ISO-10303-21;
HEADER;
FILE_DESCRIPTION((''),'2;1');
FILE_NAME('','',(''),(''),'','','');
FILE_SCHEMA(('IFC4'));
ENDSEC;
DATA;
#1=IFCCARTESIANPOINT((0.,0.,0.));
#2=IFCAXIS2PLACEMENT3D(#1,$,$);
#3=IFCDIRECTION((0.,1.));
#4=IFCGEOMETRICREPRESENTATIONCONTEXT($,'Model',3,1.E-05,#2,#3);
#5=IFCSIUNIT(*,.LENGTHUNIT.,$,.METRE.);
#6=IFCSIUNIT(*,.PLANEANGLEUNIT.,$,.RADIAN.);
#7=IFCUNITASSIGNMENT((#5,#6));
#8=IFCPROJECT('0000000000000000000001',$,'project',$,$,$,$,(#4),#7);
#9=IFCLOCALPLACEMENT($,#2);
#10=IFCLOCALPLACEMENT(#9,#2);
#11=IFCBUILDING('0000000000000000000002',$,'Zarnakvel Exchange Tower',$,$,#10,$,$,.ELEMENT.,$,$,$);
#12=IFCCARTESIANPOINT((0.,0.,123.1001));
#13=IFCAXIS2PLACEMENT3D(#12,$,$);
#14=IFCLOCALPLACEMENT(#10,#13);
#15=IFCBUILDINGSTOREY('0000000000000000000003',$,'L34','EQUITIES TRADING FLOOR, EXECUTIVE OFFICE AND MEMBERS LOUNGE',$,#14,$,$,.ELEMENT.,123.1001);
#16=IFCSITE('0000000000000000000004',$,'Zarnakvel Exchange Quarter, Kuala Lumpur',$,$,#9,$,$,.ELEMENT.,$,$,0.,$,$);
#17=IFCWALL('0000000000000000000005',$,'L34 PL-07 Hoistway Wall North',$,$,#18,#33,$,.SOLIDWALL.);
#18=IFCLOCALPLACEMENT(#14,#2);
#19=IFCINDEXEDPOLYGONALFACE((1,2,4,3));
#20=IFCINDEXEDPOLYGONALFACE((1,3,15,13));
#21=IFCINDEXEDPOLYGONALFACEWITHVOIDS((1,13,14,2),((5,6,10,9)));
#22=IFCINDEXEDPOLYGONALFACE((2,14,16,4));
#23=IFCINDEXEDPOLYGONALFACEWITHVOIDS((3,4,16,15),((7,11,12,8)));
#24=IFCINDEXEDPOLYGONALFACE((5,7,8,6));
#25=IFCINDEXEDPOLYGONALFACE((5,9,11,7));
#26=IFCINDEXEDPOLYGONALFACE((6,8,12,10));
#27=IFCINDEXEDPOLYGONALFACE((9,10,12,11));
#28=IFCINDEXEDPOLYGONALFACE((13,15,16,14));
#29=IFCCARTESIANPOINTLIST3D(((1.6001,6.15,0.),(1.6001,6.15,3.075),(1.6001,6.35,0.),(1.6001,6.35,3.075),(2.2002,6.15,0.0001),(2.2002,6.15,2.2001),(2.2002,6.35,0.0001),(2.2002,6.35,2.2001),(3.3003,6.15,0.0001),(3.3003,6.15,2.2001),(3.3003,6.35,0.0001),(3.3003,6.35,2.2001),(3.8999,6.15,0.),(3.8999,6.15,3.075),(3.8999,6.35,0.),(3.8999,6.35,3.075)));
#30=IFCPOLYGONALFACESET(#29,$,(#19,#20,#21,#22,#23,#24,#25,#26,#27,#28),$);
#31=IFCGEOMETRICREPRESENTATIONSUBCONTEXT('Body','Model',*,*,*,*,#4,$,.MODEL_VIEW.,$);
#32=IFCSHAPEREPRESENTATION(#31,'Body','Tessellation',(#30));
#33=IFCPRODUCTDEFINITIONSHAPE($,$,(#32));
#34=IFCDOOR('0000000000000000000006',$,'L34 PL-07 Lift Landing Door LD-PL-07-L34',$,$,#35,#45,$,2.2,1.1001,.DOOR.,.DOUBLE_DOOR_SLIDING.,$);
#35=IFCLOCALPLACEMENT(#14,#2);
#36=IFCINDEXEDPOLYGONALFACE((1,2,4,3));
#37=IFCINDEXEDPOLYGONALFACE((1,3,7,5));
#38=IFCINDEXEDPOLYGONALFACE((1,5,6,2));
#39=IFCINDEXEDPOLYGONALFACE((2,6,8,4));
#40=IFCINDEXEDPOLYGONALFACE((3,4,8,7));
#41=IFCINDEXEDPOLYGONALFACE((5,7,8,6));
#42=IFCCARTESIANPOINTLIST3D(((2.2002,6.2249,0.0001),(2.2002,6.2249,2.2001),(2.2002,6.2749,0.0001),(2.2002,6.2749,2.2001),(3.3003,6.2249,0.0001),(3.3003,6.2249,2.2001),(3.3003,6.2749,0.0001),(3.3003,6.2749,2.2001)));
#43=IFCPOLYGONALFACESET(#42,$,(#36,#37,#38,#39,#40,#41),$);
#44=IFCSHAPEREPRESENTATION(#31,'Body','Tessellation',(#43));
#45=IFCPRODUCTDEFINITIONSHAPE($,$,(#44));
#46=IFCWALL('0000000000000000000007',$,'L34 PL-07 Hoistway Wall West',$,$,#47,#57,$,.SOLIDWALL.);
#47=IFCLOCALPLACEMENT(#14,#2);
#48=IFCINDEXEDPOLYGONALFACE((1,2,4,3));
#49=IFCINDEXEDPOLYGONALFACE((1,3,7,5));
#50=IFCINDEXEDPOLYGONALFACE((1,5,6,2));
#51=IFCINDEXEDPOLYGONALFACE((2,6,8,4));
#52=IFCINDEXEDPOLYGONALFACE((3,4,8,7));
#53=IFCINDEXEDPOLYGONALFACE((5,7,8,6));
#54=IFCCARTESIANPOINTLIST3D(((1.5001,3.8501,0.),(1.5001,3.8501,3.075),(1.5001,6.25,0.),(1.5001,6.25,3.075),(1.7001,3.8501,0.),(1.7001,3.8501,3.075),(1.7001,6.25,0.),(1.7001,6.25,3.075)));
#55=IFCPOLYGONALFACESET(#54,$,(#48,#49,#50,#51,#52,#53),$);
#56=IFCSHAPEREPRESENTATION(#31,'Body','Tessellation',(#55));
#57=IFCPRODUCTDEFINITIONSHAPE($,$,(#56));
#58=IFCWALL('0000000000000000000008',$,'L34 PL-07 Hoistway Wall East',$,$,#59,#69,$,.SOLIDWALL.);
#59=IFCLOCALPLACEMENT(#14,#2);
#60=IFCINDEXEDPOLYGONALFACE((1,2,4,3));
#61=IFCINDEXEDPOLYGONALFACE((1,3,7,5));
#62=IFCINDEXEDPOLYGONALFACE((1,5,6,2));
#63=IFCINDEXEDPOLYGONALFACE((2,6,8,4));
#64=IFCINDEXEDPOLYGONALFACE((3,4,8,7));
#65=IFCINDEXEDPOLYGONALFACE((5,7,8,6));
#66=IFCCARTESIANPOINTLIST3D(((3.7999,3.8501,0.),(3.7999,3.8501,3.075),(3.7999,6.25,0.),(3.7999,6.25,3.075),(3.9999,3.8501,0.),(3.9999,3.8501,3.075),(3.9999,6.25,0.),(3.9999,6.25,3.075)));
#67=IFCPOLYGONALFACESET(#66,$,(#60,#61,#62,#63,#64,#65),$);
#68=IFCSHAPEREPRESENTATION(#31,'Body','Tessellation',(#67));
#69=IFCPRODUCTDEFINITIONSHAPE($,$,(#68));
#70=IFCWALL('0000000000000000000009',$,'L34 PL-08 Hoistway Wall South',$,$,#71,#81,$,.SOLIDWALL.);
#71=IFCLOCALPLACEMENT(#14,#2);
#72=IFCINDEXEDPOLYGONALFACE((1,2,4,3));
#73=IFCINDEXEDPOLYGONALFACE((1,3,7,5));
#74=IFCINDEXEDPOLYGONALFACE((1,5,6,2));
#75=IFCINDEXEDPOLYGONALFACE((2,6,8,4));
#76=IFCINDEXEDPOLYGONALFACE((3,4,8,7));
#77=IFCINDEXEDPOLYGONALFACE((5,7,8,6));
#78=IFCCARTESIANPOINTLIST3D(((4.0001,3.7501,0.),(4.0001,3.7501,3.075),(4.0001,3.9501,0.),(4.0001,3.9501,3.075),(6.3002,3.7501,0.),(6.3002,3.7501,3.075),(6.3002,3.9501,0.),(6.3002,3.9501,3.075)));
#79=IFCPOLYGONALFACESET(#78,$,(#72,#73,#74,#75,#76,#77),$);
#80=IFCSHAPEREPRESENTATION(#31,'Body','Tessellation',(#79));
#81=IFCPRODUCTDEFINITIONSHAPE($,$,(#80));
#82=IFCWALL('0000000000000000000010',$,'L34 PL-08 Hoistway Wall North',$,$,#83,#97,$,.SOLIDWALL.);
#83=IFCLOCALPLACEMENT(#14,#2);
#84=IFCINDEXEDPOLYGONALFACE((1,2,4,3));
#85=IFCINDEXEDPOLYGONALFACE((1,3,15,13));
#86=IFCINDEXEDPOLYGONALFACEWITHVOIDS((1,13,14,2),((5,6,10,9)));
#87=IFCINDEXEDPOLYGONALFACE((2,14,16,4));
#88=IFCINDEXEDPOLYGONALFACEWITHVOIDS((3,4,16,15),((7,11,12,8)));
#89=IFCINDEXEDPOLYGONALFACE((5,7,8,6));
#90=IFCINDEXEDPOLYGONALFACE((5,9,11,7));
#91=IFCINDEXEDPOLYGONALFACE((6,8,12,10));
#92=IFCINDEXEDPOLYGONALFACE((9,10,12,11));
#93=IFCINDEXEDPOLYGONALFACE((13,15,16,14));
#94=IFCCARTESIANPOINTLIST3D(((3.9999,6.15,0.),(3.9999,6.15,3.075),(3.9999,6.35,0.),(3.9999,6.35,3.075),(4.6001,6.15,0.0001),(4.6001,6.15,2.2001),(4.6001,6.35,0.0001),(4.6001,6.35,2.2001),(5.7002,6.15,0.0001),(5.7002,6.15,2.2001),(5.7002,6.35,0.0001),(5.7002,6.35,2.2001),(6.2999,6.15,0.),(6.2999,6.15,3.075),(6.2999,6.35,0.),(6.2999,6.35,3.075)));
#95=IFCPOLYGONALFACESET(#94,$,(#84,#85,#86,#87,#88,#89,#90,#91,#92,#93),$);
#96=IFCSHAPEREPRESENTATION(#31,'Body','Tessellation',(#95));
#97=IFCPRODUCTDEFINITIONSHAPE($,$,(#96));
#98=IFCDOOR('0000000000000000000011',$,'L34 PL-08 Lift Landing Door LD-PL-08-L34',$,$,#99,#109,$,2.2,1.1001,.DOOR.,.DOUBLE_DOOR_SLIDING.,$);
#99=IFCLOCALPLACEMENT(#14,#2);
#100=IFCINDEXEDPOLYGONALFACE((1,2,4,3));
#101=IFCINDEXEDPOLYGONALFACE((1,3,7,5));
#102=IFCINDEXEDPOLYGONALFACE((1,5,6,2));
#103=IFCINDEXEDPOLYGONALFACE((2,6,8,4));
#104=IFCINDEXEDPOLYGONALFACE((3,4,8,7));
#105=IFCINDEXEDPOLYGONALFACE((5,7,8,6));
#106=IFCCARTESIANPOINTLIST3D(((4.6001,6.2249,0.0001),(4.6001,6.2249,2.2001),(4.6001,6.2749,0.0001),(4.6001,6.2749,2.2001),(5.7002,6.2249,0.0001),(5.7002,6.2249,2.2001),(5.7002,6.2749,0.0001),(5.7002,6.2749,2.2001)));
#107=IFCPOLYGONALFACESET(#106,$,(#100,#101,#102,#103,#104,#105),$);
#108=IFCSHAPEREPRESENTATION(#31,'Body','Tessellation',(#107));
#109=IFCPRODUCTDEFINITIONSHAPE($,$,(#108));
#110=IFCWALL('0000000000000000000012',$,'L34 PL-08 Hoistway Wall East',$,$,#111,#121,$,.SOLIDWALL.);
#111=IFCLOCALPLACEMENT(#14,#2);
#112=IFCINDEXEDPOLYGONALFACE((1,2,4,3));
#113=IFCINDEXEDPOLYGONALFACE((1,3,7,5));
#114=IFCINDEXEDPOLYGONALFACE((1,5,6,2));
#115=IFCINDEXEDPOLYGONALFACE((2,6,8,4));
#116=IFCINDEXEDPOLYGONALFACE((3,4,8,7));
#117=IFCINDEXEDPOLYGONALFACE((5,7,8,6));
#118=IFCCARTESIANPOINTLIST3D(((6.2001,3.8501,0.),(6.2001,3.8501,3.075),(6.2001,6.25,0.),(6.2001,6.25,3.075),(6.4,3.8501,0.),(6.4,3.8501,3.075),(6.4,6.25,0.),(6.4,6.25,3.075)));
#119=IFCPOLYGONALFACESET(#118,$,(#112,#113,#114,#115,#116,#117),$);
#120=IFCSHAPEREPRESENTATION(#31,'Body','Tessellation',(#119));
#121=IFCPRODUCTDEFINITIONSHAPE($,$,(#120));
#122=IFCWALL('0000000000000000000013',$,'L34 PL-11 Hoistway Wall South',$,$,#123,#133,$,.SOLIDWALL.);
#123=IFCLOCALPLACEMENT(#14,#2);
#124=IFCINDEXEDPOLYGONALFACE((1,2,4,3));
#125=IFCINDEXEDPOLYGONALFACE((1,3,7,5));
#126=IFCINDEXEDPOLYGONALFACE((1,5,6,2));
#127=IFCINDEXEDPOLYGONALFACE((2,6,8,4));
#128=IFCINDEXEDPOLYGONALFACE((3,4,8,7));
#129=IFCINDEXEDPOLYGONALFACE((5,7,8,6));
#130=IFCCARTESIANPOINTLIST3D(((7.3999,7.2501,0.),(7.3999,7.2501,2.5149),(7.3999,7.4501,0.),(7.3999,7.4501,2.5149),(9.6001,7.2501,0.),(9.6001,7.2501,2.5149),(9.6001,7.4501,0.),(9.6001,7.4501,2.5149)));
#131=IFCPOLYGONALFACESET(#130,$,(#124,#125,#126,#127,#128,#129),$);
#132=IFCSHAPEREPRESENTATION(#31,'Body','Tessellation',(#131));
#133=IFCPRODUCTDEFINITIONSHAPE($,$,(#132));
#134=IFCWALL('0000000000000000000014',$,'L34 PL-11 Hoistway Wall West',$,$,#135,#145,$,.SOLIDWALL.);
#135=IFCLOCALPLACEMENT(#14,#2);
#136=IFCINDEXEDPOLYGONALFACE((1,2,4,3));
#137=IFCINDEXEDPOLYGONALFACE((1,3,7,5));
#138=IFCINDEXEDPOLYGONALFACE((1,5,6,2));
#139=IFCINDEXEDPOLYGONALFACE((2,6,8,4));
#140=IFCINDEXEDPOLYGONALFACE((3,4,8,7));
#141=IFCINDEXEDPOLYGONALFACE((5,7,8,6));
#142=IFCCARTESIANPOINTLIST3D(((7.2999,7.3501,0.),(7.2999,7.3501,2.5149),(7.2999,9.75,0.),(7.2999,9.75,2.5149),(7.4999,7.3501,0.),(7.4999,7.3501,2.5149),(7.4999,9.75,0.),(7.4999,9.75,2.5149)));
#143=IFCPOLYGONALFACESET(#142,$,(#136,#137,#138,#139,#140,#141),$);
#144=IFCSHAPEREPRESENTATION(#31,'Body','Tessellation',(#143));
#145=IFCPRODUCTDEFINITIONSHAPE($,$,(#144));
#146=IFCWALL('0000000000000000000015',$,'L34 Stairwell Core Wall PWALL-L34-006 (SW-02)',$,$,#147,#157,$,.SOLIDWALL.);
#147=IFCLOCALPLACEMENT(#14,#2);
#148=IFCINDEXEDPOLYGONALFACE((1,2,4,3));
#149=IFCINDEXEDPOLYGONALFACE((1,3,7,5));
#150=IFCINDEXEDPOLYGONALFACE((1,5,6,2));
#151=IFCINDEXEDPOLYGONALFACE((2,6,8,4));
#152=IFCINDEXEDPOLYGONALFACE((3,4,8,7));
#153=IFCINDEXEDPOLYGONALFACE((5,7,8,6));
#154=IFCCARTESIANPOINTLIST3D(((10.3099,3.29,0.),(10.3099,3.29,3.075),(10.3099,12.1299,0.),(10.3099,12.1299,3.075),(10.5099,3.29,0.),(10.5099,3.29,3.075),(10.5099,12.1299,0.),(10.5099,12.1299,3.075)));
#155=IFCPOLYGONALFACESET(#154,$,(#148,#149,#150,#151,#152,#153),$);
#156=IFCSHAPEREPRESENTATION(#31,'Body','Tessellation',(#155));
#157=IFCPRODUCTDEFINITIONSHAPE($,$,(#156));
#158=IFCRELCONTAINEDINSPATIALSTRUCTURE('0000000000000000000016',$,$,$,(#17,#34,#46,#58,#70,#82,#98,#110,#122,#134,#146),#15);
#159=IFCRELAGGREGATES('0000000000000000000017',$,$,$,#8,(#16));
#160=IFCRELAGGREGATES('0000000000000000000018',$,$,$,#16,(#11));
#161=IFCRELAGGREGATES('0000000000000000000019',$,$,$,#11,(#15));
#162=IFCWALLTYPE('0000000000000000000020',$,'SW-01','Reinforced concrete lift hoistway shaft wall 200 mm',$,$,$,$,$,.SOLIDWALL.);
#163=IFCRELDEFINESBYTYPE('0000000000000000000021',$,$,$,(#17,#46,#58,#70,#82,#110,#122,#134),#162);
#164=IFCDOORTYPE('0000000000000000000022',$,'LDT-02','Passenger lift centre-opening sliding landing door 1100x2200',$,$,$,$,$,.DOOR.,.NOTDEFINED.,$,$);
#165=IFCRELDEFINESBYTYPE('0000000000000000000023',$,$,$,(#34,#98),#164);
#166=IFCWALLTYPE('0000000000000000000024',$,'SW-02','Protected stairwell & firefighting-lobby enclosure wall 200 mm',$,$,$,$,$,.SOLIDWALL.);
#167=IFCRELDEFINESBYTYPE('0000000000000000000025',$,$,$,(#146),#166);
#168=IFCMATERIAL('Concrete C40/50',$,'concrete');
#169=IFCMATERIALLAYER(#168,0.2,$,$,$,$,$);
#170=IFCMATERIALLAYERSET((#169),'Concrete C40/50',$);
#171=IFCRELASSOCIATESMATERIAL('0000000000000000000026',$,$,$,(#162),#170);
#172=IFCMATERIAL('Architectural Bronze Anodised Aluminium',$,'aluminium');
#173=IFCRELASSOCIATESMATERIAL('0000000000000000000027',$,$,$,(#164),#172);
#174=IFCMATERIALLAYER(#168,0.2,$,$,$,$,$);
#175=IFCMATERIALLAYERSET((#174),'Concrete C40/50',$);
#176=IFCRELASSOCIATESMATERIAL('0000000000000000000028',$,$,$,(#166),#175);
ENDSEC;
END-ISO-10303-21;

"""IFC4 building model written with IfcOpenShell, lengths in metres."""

from ifc_helpers import new_model, si_unit, direction, frame, frame_2d, origin, place, context, subcontext, project, spatial, rectangle, extrude, source, transform, mapped, material, layer, layer_set, type_object, element, fill, save


model = new_model("IFC4")

# Units and contexts
model_context = context("Model", 3, precision=1e-05, world=origin(), true_north=direction((0.0, 1.0)))
body_context = subcontext(model_context, "Body", "Model", "MODEL_VIEW")
ifc_project = project(units=[si_unit("LENGTHUNIT", "METRE"), si_unit("PLANEANGLEUNIT", "RADIAN")], contexts=[model_context])

# Site, building, storey
site_placement = place(None, origin())
site = spatial("IfcSite", under=ifc_project, at=site_placement, Name="Zarnakvel Exchange Quarter, Kuala Lumpur", CompositionType="ELEMENT", RefElevation=0.0)
building_placement = place(site_placement, origin())
building = spatial("IfcBuilding", under=site, at=building_placement, Name="Zarnakvel Exchange Tower", CompositionType="ELEMENT")
storey_placement = place(building_placement, frame((0.0, 0.0, 123.1001)))
storey = spatial("IfcBuildingStorey", under=building, at=storey_placement, Name="L34", Description="EQUITIES TRADING FLOOR, EXECUTIVE OFFICE AND MEMBERS LOUNGE", CompositionType="ELEMENT", Elevation=123.1001)

# Shared definitions
ifc_material_1 = material(Name="Concrete C40/50", Category="concrete")
ifc_layer_1 = layer(ifc_material_1, 0.2)
ifc_layer_set_1 = layer_set([ifc_layer_1], Name="Concrete C40/50")
wall_type_1 = type_object("IfcWallType", Name="SW-01", Description="Reinforced concrete lift hoistway shaft wall 200 mm", PredefinedType="SOLIDWALL", material=ifc_layer_set_1)
shared_shape_1 = source(origin(), body_context, "Body", "SweptSolid", [
    extrude(rectangle(XDim=1.1001, YDim=2.2, at=frame_2d((0.55, 1.1001))), frame((0.0, 0.0249, 0.0), z_axis=(0.0, -1.0, 0.0), x_axis=(1.0, 0.0, 0.0)), (0.0, 0.0, 1.0), 0.05),
])

# Wall, opening, door
wall_1_placement = place(storey_placement, frame((1.6001, 6.25, 0.0), z_axis=(0.0, 0.0, 1.0), x_axis=(1.0, 0.0, 0.0)))
wall_1 = element("IfcWall", 1, at=wall_1_placement, inside=storey, type_object=wall_type_1, Name="L34 PL-07 Hoistway Wall North", PredefinedType="SOLIDWALL", context=body_context, shape_type="SweptSolid", body=[
    extrude(rectangle(XDim=2.2998, YDim=0.2, at=frame_2d((1.1499, 0.0))), origin(), (0.0, 0.0, 1.0), 3.075),
])
opening_1_placement = place(wall_1_placement, frame((0.6001, 0.0, 0.0)))
opening_1 = element("IfcOpeningElement", 2, at=opening_1_placement, cuts=wall_1, PredefinedType="OPENING", context=body_context, shape_type="SweptSolid", body=[
    extrude(rectangle(XDim=1.1001, YDim=2.2, at=frame_2d((0.55, 1.1001))), frame((0.0, 0.1099, 0.0), z_axis=(0.0, -1.0, 0.0), x_axis=(1.0, 0.0, 0.0)), (0.0, 0.0, 1.0), 0.22),
])
ifc_material_2 = material(Name="Architectural Bronze Anodised Aluminium", Category="aluminium")
door_type_1 = type_object("IfcDoorType", Name="LDT-02", Description="Passenger lift centre-opening sliding landing door 1100x2200", OperationType="NOTDEFINED", PredefinedType="DOOR", material=ifc_material_2)
door_1_placement = place(opening_1_placement, origin())
door_1 = element("IfcDoor", 3, at=door_1_placement, inside=storey, type_object=door_type_1, Name="L34 PL-07 Lift Landing Door LD-PL-07-L34", OperationType="DOUBLE_DOOR_SLIDING", OverallHeight=2.2, OverallWidth=1.1001, PredefinedType="DOOR", context=body_context, shape_type="MappedRepresentation", body=[
    mapped(shared_shape_1, transform((0.0, 0.0, 0.0), x_axis=(1.0, 0.0, 0.0), y_axis=(0.0, 1.0, 0.0), z_axis=(0.0, 0.0, 1.0), scale=1.0)),
])
fill(opening_1, door_1)

# Walls
for number, where, z_axis, x_axis, name in (
    (4, (1.6001, 3.8501, 0.0), (0.0, 0.0, 1.0), (0.0, 1.0, 0.0), "L34 PL-07 Hoistway Wall West"),
    (5, (3.8999, 6.25, 0.0), (0.0, 0.0, 1.0), (0.0, -1.0, 0.0), "L34 PL-07 Hoistway Wall East"),
):
    element("IfcWall", number, at=place(storey_placement, frame(where, z_axis=z_axis, x_axis=x_axis)), inside=storey, type_object=wall_type_1, Name=name, PredefinedType="SOLIDWALL", context=body_context, shape_type="SweptSolid", body=[
        extrude(rectangle(XDim=2.3999, YDim=0.2, at=frame_2d((1.2, 0.0))), origin(), (0.0, 0.0, 1.0), 3.075),
    ])
wall_2_placement = place(storey_placement, frame((6.3, 3.8501, 0.0), z_axis=(0.0, 0.0, 1.0), x_axis=(-1.0, 0.0, 0.0)))
element("IfcWall", 6, at=wall_2_placement, inside=storey, type_object=wall_type_1, Name="L34 PL-08 Hoistway Wall South", PredefinedType="SOLIDWALL", context=body_context, shape_type="SweptSolid", body=[
    extrude(rectangle(XDim=2.3, YDim=0.2, at=frame_2d((1.1499, 0.0))), origin(), (0.0, 0.0, 1.0), 3.075),
])

# Wall, opening, door
wall_3_placement = place(storey_placement, frame((4.0, 6.25, 0.0), z_axis=(0.0, 0.0, 1.0), x_axis=(1.0, 0.0, 0.0)))
wall_3 = element("IfcWall", 7, at=wall_3_placement, inside=storey, type_object=wall_type_1, Name="L34 PL-08 Hoistway Wall North", PredefinedType="SOLIDWALL", context=body_context, shape_type="SweptSolid", body=[
    extrude(rectangle(XDim=2.3, YDim=0.2, at=frame_2d((1.1499, 0.0))), origin(), (0.0, 0.0, 1.0), 3.075),
])
opening_2_placement = place(wall_3_placement, frame((0.6001, 0.0, 0.0)))
opening_2 = element("IfcOpeningElement", 8, at=opening_2_placement, cuts=wall_3, PredefinedType="OPENING", context=body_context, shape_type="SweptSolid", body=[
    extrude(rectangle(XDim=1.1001, YDim=2.2, at=frame_2d((0.55, 1.1001))), frame((0.0, 0.1099, 0.0), z_axis=(0.0, -1.0, 0.0), x_axis=(1.0, 0.0, 0.0)), (0.0, 0.0, 1.0), 0.22),
])
door_2_placement = place(opening_2_placement, origin())
door_2 = element("IfcDoor", 9, at=door_2_placement, inside=storey, type_object=door_type_1, Name="L34 PL-08 Lift Landing Door LD-PL-08-L34", OperationType="DOUBLE_DOOR_SLIDING", OverallHeight=2.2, OverallWidth=1.1001, PredefinedType="DOOR", context=body_context, shape_type="MappedRepresentation", body=[
    mapped(shared_shape_1, transform((0.0, 0.0, 0.0), x_axis=(1.0, 0.0, 0.0), y_axis=(0.0, 1.0, 0.0), z_axis=(0.0, 0.0, 1.0), scale=1.0)),
])
fill(opening_2, door_2)

# Walls
wall_4_placement = place(storey_placement, frame((6.3, 6.25, 0.0), z_axis=(0.0, 0.0, 1.0), x_axis=(0.0, -1.0, 0.0)))
element("IfcWall", 10, at=wall_4_placement, inside=storey, type_object=wall_type_1, Name="L34 PL-08 Hoistway Wall East", PredefinedType="SOLIDWALL", context=body_context, shape_type="SweptSolid", body=[
    extrude(rectangle(XDim=2.3999, YDim=0.2, at=frame_2d((1.2, 0.0))), origin(), (0.0, 0.0, 1.0), 3.075),
])
wall_5_placement = place(storey_placement, frame((9.6001, 7.3501, 0.0), z_axis=(0.0, 0.0, 1.0), x_axis=(-1.0, 0.0, 0.0)))
element("IfcWall", 11, at=wall_5_placement, inside=storey, type_object=wall_type_1, Name="L34 PL-11 Hoistway Wall South", PredefinedType="SOLIDWALL", context=body_context, shape_type="SweptSolid", body=[
    extrude(rectangle(XDim=2.2002, YDim=0.2, at=frame_2d((1.1001, 0.0))), origin(), (0.0, 0.0, 1.0), 2.5149),
])
wall_6_placement = place(storey_placement, frame((7.3999, 7.3501, 0.0), z_axis=(0.0, 0.0, 1.0), x_axis=(0.0, 1.0, 0.0)))
element("IfcWall", 12, at=wall_6_placement, inside=storey, type_object=wall_type_1, Name="L34 PL-11 Hoistway Wall West", PredefinedType="SOLIDWALL", context=body_context, shape_type="SweptSolid", body=[
    extrude(rectangle(XDim=2.3999, YDim=0.2, at=frame_2d((1.2, 0.0))), origin(), (0.0, 0.0, 1.0), 2.5149),
])
ifc_layer_2 = layer(ifc_material_1, 0.2)
ifc_layer_set_2 = layer_set([ifc_layer_2], Name="Concrete C40/50")
wall_type_2 = type_object("IfcWallType", Name="SW-02", Description="Protected stairwell & firefighting-lobby enclosure wall 200 mm", PredefinedType="SOLIDWALL", material=ifc_layer_set_2)
wall_7_placement = place(storey_placement, frame((10.4099, 3.29, 0.0), z_axis=(0.0, 0.0, 1.0), x_axis=(0.0, 1.0, 0.0)))
element("IfcWall", 13, at=wall_7_placement, inside=storey, type_object=wall_type_2, Name="L34 Stairwell Core Wall PWALL-L34-006 (SW-02)", PredefinedType="SOLIDWALL", context=body_context, shape_type="SweptSolid", body=[
    extrude(rectangle(XDim=8.8398, YDim=0.2, at=frame_2d((4.4199, 0.0))), origin(), (0.0, 0.0, 1.0), 3.075),
])

save(model, "model.ifc")
